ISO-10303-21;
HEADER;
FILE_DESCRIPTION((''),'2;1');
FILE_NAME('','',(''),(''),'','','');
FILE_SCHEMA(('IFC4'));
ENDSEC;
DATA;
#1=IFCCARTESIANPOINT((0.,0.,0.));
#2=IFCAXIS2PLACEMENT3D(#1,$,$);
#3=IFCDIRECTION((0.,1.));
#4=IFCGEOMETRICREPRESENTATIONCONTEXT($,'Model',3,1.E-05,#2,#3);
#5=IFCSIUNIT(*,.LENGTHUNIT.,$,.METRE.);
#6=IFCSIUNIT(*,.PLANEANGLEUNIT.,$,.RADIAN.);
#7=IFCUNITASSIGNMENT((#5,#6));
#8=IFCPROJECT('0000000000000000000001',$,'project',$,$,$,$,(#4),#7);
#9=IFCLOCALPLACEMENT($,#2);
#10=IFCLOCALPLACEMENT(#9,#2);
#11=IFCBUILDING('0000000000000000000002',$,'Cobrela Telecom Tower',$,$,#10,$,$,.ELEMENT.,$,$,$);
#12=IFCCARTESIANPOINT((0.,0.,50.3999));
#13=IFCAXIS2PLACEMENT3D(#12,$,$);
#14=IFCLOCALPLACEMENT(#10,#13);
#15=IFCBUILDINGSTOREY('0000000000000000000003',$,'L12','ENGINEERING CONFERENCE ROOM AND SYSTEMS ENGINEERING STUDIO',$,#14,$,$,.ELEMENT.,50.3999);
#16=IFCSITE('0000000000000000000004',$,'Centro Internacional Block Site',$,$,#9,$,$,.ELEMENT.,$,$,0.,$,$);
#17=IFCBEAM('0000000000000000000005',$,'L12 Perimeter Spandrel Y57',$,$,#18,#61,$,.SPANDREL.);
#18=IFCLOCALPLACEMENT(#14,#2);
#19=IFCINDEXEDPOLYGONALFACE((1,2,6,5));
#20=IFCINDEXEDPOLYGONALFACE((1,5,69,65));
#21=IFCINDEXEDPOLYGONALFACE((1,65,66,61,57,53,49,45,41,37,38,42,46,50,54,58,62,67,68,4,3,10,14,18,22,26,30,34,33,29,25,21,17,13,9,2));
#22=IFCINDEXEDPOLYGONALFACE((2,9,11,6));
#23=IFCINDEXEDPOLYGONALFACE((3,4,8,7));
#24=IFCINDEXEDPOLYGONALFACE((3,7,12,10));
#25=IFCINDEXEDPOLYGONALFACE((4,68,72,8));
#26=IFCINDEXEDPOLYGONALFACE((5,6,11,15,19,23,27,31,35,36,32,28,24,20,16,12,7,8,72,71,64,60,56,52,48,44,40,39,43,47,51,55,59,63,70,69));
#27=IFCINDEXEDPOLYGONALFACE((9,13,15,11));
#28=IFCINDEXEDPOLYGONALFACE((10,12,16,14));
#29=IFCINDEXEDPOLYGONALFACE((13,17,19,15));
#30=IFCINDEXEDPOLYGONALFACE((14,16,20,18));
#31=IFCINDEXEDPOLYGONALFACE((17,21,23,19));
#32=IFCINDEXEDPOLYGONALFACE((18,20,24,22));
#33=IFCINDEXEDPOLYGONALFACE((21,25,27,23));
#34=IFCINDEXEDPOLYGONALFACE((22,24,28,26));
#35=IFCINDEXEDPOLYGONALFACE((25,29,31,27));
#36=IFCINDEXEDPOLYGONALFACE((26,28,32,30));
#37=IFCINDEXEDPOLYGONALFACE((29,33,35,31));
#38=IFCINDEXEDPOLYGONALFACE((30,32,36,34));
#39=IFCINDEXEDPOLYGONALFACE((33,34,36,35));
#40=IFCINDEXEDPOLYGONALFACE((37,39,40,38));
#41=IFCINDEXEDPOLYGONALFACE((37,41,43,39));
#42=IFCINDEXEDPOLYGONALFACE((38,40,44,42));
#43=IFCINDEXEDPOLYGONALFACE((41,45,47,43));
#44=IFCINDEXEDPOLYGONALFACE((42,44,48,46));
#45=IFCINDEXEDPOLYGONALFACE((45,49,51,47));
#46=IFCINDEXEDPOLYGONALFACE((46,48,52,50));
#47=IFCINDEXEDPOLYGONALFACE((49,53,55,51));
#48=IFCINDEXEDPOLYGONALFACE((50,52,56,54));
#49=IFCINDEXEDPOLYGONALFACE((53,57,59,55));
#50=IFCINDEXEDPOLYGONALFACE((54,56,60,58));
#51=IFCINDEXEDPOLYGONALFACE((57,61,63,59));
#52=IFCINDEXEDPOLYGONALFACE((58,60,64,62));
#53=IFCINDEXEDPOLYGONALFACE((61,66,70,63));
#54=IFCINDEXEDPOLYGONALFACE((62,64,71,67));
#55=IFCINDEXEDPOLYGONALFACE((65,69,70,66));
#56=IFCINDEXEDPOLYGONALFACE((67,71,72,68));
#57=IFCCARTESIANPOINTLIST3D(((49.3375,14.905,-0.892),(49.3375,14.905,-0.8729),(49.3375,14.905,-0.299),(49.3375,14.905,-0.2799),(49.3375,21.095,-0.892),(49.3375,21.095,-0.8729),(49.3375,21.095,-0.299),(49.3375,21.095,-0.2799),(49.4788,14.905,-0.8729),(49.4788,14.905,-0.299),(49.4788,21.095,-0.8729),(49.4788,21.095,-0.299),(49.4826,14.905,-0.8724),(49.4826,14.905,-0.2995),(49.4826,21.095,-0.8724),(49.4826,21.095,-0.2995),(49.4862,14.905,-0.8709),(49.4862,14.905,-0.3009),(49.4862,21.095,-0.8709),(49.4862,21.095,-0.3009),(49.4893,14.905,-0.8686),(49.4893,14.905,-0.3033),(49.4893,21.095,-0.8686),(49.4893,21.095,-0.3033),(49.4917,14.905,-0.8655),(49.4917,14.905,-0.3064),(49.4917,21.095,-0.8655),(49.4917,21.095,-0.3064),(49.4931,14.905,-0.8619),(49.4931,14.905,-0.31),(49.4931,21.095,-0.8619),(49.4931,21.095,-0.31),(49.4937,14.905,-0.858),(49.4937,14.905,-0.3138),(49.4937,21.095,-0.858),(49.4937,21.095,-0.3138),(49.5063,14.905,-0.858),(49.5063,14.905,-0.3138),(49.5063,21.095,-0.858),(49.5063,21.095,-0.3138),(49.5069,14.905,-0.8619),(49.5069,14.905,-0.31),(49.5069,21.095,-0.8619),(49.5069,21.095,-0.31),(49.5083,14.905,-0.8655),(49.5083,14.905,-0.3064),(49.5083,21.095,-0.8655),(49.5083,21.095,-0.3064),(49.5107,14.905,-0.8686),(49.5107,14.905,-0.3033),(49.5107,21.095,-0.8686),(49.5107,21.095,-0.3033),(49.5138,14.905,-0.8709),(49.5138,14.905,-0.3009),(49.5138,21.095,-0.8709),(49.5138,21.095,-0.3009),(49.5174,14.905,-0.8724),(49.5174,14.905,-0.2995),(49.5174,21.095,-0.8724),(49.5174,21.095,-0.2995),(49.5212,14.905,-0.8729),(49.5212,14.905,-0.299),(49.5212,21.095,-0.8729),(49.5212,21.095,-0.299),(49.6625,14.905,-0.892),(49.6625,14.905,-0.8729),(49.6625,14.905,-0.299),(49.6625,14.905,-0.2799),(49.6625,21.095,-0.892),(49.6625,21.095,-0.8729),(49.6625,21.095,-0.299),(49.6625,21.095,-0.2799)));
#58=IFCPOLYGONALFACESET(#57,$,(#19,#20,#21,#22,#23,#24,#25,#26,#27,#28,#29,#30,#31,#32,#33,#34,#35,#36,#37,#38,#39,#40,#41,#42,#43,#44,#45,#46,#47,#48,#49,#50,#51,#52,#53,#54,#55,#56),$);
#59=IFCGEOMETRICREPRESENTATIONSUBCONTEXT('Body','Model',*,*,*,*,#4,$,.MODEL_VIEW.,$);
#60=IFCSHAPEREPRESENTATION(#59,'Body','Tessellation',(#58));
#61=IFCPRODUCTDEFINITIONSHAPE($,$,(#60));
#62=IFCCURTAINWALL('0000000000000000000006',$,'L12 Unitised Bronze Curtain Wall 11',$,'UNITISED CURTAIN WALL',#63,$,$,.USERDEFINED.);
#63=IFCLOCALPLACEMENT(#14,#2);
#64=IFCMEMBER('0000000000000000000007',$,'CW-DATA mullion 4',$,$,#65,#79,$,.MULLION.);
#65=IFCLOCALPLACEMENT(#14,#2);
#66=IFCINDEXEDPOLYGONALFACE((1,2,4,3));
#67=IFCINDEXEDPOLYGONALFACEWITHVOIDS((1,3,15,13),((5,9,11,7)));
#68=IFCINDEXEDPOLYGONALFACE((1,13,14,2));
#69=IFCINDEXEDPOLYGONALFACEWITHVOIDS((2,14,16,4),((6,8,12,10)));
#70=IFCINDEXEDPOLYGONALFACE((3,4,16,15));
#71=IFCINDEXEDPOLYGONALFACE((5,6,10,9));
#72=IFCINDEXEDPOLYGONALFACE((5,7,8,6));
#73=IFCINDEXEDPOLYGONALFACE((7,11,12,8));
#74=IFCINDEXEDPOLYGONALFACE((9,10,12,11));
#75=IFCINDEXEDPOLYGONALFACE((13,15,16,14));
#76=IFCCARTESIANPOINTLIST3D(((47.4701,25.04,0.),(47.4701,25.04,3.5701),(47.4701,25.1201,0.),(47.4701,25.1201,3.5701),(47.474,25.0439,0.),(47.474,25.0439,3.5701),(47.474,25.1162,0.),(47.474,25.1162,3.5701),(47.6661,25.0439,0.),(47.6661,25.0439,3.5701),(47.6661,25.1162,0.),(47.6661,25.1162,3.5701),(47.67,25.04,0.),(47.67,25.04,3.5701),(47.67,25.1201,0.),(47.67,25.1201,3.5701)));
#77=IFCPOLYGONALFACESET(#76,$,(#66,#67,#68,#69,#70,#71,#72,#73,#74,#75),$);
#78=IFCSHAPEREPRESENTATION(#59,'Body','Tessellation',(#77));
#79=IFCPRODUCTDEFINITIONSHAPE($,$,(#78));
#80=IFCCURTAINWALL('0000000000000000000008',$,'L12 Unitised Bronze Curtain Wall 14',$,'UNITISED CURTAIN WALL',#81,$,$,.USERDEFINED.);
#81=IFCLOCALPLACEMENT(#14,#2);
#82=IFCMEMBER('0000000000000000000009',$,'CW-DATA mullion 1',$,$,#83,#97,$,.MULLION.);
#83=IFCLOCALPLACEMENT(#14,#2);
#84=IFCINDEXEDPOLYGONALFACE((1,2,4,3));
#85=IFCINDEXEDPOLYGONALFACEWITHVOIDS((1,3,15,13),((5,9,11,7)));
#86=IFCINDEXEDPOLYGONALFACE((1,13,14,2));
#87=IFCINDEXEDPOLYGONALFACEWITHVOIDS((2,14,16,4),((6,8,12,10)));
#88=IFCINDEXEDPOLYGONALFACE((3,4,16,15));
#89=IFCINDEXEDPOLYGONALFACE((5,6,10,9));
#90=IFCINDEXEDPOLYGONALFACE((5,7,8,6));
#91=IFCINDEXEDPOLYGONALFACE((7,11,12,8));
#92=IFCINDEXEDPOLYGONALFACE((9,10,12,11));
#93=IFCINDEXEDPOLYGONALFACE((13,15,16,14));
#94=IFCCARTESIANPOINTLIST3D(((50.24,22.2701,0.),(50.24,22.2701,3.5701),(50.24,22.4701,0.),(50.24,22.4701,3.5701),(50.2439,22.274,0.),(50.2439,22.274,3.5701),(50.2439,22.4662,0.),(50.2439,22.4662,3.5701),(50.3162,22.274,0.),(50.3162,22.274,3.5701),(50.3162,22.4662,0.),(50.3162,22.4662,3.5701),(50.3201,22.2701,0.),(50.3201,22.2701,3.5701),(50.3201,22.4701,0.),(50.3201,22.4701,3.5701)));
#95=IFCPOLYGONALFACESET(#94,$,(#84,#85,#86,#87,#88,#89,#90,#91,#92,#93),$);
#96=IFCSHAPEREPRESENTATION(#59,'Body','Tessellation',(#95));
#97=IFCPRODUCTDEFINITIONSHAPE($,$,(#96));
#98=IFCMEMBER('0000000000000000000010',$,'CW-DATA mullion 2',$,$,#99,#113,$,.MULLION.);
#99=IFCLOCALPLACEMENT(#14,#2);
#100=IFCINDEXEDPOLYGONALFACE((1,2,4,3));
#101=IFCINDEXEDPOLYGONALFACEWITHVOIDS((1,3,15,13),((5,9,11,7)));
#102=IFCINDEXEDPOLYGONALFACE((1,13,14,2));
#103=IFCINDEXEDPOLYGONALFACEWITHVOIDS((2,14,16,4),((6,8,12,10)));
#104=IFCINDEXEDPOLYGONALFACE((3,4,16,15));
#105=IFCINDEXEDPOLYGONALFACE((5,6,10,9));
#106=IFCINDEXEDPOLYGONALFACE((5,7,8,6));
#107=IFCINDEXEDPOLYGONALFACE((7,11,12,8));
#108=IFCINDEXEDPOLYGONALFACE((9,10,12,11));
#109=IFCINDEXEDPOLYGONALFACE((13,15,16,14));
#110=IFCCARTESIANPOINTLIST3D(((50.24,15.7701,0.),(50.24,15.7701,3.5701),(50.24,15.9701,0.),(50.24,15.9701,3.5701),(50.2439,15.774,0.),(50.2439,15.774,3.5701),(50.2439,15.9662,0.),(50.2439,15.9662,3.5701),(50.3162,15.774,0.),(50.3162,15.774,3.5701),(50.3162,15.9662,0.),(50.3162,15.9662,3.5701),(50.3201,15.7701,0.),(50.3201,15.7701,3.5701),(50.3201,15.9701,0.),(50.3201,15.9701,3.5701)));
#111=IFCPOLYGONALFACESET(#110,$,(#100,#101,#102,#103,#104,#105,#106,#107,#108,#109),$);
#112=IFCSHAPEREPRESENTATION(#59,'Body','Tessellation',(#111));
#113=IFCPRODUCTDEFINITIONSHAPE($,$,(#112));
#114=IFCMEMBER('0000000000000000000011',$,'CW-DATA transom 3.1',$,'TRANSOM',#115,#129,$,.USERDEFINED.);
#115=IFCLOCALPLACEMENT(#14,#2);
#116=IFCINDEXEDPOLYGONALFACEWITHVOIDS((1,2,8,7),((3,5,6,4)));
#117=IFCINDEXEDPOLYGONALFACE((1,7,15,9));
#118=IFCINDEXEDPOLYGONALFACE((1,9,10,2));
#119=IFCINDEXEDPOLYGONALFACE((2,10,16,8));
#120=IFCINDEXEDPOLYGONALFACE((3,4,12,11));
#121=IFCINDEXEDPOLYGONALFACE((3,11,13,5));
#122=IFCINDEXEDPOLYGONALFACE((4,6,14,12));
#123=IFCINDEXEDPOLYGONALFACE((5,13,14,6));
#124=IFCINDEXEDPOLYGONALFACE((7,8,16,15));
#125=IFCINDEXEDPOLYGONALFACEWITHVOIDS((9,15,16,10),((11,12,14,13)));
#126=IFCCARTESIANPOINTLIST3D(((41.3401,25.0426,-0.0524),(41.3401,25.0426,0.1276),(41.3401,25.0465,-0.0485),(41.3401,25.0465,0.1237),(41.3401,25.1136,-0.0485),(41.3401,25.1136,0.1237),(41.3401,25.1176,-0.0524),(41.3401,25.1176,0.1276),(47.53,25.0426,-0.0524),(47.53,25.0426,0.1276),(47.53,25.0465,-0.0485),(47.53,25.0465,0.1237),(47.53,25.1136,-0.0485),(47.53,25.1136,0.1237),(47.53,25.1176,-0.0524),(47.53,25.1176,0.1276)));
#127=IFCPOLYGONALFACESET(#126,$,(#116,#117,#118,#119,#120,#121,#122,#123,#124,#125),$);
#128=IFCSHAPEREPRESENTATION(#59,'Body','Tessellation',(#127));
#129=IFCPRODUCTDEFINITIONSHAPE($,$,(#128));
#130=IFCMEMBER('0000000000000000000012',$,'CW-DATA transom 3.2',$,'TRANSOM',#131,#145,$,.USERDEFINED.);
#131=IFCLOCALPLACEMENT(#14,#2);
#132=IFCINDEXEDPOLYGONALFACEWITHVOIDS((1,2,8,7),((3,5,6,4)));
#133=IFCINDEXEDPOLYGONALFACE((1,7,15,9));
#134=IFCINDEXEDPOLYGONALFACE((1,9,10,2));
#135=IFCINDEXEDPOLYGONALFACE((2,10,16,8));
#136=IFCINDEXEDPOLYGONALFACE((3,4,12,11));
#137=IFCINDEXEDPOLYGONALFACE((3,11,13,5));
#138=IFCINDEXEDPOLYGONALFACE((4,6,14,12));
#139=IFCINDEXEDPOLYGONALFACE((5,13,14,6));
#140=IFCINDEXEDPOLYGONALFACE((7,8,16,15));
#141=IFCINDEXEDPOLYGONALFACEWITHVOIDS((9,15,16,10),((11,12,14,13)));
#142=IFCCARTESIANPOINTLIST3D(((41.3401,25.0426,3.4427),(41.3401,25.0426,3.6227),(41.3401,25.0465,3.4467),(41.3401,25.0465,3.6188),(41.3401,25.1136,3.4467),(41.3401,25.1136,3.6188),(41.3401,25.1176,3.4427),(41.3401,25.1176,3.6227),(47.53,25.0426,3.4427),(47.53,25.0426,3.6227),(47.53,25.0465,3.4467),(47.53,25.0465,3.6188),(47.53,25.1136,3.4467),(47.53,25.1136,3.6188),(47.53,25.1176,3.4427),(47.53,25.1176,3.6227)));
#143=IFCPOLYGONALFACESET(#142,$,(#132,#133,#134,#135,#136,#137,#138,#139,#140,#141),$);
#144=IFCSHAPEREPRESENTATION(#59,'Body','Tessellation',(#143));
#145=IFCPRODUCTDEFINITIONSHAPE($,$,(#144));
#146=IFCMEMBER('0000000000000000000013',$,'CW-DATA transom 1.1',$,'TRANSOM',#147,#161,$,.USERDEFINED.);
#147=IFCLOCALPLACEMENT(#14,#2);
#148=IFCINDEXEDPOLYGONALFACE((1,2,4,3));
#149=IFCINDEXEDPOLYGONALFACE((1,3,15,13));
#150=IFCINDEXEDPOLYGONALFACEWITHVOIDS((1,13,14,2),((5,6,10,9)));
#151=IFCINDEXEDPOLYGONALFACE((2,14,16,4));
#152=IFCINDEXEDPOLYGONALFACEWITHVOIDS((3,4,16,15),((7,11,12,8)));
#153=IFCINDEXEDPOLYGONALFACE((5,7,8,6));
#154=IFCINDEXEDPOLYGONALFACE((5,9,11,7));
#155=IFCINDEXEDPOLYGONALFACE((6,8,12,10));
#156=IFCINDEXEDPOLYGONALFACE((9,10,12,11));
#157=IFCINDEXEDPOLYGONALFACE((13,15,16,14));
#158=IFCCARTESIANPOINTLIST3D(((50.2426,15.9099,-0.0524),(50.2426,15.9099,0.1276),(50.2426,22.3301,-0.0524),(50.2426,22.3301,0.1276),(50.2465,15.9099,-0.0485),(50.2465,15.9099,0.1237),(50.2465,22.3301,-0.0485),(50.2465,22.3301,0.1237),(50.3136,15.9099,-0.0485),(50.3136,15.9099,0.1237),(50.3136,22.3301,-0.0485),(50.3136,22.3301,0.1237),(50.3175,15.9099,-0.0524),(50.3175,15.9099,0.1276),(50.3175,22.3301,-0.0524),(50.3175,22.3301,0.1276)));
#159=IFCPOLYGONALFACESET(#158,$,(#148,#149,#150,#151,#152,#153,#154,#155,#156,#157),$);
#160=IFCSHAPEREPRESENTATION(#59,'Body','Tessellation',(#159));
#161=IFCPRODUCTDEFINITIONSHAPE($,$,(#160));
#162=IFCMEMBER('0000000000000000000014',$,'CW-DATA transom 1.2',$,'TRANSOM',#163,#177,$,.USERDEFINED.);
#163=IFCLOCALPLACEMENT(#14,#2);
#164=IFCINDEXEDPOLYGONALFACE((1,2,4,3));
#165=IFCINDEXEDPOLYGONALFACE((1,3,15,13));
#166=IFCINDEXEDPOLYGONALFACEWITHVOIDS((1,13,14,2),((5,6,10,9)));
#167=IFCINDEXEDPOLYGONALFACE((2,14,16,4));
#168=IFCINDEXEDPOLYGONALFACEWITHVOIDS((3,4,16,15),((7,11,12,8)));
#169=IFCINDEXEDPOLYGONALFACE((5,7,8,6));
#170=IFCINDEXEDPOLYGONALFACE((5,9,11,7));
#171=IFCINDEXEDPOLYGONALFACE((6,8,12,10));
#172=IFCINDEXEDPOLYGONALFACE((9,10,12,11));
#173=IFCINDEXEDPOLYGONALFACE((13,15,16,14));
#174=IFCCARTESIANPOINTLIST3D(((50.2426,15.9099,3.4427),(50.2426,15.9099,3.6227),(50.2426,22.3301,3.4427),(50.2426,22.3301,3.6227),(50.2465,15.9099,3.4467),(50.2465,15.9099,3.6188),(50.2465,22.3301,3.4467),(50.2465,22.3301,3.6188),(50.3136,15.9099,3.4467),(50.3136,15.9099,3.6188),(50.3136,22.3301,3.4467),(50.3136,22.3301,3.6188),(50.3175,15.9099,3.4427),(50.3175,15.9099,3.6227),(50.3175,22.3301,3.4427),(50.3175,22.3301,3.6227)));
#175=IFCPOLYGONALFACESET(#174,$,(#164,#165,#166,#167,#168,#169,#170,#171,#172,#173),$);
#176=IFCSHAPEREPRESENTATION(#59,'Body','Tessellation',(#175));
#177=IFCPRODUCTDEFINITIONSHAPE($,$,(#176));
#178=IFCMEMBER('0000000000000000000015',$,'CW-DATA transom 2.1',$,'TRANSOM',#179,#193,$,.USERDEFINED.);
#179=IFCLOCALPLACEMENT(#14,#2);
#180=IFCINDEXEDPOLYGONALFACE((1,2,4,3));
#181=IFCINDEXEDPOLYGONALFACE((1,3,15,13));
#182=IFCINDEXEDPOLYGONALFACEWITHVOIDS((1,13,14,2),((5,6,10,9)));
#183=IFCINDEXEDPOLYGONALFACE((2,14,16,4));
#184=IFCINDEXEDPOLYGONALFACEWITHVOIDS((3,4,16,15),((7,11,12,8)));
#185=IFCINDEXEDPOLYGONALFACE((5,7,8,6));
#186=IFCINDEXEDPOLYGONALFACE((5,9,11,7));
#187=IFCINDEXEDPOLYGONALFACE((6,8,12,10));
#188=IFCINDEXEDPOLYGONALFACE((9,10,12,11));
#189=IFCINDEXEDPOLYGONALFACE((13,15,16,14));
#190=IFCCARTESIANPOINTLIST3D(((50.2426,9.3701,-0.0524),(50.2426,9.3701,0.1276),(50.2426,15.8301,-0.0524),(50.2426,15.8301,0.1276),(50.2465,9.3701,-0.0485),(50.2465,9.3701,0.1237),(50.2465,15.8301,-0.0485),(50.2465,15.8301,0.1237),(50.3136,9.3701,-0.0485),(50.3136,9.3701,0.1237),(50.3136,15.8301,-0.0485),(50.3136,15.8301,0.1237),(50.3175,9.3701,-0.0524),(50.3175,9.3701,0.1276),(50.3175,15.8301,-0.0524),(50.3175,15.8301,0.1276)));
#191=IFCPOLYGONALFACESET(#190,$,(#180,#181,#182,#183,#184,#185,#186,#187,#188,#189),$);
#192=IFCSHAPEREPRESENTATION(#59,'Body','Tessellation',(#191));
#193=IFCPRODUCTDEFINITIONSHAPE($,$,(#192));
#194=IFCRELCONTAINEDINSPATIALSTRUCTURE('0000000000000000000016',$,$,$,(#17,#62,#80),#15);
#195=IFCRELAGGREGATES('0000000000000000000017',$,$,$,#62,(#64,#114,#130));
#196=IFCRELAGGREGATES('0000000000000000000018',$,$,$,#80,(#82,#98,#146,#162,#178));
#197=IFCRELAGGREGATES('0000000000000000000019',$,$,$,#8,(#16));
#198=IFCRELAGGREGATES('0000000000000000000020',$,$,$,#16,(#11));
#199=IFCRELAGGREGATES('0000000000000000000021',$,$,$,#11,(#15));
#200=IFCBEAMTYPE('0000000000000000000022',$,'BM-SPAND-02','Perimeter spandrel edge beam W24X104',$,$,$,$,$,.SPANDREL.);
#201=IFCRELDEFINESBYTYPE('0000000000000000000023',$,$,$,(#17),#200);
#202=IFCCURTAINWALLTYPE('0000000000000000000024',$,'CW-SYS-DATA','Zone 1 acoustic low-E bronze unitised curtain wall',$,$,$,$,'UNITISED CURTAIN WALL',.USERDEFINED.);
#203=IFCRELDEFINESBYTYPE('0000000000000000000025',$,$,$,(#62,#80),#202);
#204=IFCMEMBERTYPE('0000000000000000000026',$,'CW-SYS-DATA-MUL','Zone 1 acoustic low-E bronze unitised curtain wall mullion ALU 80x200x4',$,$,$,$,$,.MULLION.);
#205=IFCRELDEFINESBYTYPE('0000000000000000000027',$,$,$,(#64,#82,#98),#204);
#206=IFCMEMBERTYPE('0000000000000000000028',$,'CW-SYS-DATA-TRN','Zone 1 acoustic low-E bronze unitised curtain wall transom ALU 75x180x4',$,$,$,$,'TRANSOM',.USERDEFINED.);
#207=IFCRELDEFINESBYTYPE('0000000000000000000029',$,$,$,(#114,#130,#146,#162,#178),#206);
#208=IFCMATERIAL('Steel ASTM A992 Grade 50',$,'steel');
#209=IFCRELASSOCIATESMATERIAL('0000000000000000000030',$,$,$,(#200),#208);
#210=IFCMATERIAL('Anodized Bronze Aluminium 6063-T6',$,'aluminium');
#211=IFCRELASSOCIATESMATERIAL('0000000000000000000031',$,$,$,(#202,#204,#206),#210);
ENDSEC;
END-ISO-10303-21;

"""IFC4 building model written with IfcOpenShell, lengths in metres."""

from ifc_helpers import new_model, si_unit, direction, frame, origin, origin_2d, place, context, subcontext, project, spatial, hollow_rectangle, i_section, extrude, material, material_profile, profile_set, type_object, element, aggregate, save


model = new_model("IFC4")

# Units and contexts
model_context = context("Model", 3, precision=1e-05, world=origin(), true_north=direction((0.0, 1.0)))
body_context = subcontext(model_context, "Body", "Model", "MODEL_VIEW")
ifc_project = project(units=[si_unit("LENGTHUNIT", "METRE"), si_unit("PLANEANGLEUNIT", "RADIAN")], contexts=[model_context])

# Site, building, storey
site_placement = place(None, origin())
site = spatial("IfcSite", under=ifc_project, at=site_placement, Name="Centro Internacional Block Site", CompositionType="ELEMENT", RefElevation=0.0)
building_placement = place(site_placement, origin())
building = spatial("IfcBuilding", under=site, at=building_placement, Name="Cobrela Telecom Tower", CompositionType="ELEMENT")
storey_placement = place(building_placement, frame((0.0, 0.0, 50.3999)))
storey = spatial("IfcBuildingStorey", under=building, at=storey_placement, Name="L12", Description="ENGINEERING CONFERENCE ROOM AND SYSTEMS ENGINEERING STUDIO", CompositionType="ELEMENT", Elevation=50.3999)

# Shared definitions
ifc_material_1 = material(Name="Steel ASTM A992 Grade 50", Category="steel")

# Beam
ifc_material_profile_1 = material_profile(ifc_material_1, i_section(OverallWidth=0.325, OverallDepth=0.6121, WebThickness=0.0127, FlangeThickness=0.019, FilletRadius=0.0149, at=origin_2d()), Name="W24X104")
ifc_profile_set_1 = profile_set([ifc_material_profile_1], Name="Steel ASTM A992 Grade 50")
beam_type_1 = type_object("IfcBeamType", Name="BM-SPAND-02", Description="Perimeter spandrel edge beam W24X104", PredefinedType="SPANDREL", material=ifc_profile_set_1)
beam_1_placement = place(storey_placement, frame((49.5, 14.905, -0.5859), z_axis=(0.0, 1.0, 0.0), x_axis=(-1.0, 0.0, 0.0)))
element("IfcBeam", 1, at=beam_1_placement, inside=storey, type_object=beam_type_1, Name="L12 Perimeter Spandrel Y57", PredefinedType="SPANDREL", context=body_context, shape_type="SweptSolid", body=[
    extrude(i_section(OverallWidth=0.325, OverallDepth=0.6121, WebThickness=0.0127, FlangeThickness=0.019, FilletRadius=0.0149, at=origin_2d()), origin(), (0.0, 0.0, 1.0), 6.1899),
])

# Curtain wall, member
ifc_material_2 = material(Name="Anodized Bronze Aluminium 6063-T6", Category="aluminium")
curtain_wall_type = type_object("IfcCurtainWallType", Name="CW-SYS-DATA", Description="Zone 1 acoustic low-E bronze unitised curtain wall", ElementType="UNITISED CURTAIN WALL", PredefinedType="USERDEFINED", material=ifc_material_2)
curtain_wall_1_placement = place(storey_placement, origin())
curtain_wall_1 = element("IfcCurtainWall", 2, at=curtain_wall_1_placement, inside=storey, type_object=curtain_wall_type, Name="L12 Unitised Bronze Curtain Wall 11", ObjectType="UNITISED CURTAIN WALL", PredefinedType="USERDEFINED")
ifc_material_profile_2 = material_profile(ifc_material_2, hollow_rectangle(XDim=0.0801, YDim=0.2, WallThickness=0.0039, at=origin_2d()), Name="ALU 80x200x4")
ifc_profile_set_2 = profile_set([ifc_material_profile_2], Name="Anodized Bronze Aluminium 6063-T6")
member_type_1 = type_object("IfcMemberType", Name="CW-SYS-DATA-MUL", Description="Zone 1 acoustic low-E bronze unitised curtain wall mullion ALU 80x200x4", PredefinedType="MULLION", material=ifc_profile_set_2)
member_1_placement = place(storey_placement, frame((47.5701, 25.0801, 0.0), z_axis=(0.0, 0.0, 1.0), x_axis=(0.0, 1.0, 0.0)))
member_1 = element("IfcMember", 3, at=member_1_placement, type_object=member_type_1, Name="CW-DATA mullion 4", PredefinedType="MULLION", context=body_context, shape_type="SweptSolid", body=[
    extrude(hollow_rectangle(XDim=0.0801, YDim=0.2, WallThickness=0.0039, at=origin_2d()), origin(), (0.0, 0.0, 1.0), 3.5701),
])

# Curtain wall, members
curtain_wall_2_placement = place(storey_placement, origin())
curtain_wall_2 = element("IfcCurtainWall", 4, at=curtain_wall_2_placement, inside=storey, type_object=curtain_wall_type, Name="L12 Unitised Bronze Curtain Wall 14", ObjectType="UNITISED CURTAIN WALL", PredefinedType="USERDEFINED")
member_2_placement = place(storey_placement, frame((50.28, 22.3701, 0.0), z_axis=(0.0, 0.0, 1.0), x_axis=(1.0, 0.0, 0.0)))
member_2 = element("IfcMember", 5, at=member_2_placement, type_object=member_type_1, Name="CW-DATA mullion 1", PredefinedType="MULLION", context=body_context, shape_type="SweptSolid", body=[
    extrude(hollow_rectangle(XDim=0.0801, YDim=0.2, WallThickness=0.0039, at=origin_2d()), origin(), (0.0, 0.0, 1.0), 3.5701),
])
member_3_placement = place(storey_placement, frame((50.28, 15.8701, 0.0), z_axis=(0.0, 0.0, 1.0), x_axis=(1.0, 0.0, 0.0)))
member_3 = element("IfcMember", 6, at=member_3_placement, type_object=member_type_1, Name="CW-DATA mullion 2", PredefinedType="MULLION", context=body_context, shape_type="SweptSolid", body=[
    extrude(hollow_rectangle(XDim=0.0801, YDim=0.2, WallThickness=0.0039, at=origin_2d()), origin(), (0.0, 0.0, 1.0), 3.5701),
])

# Members
ifc_material_profile_3 = material_profile(ifc_material_2, hollow_rectangle(XDim=0.075, YDim=0.1799, WallThickness=0.0039, at=origin_2d()), Name="ALU 75x180x4")
ifc_profile_set_3 = profile_set([ifc_material_profile_3], Name="Anodized Bronze Aluminium 6063-T6")
member_type_2 = type_object("IfcMemberType", Name="CW-SYS-DATA-TRN", Description="Zone 1 acoustic low-E bronze unitised curtain wall transom ALU 75x180x4", ElementType="TRANSOM", PredefinedType="USERDEFINED", material=ifc_profile_set_3)
member_4_placement = place(storey_placement, frame((41.3401, 25.0801, 0.0376), z_axis=(1.0, 0.0, 0.0), x_axis=(0.0, 1.0, 0.0)))
member_4 = element("IfcMember", 7, at=member_4_placement, type_object=member_type_2, Name="CW-DATA transom 3.1", ObjectType="TRANSOM", PredefinedType="USERDEFINED", context=body_context, shape_type="SweptSolid", body=[
    extrude(hollow_rectangle(XDim=0.075, YDim=0.1799, WallThickness=0.0039, at=origin_2d()), origin(), (0.0, 0.0, 1.0), 6.1899),
])
member_5_placement = place(storey_placement, frame((41.3401, 25.0801, 3.5327), z_axis=(1.0, 0.0, 0.0), x_axis=(0.0, 1.0, 0.0)))
member_5 = element("IfcMember", 8, at=member_5_placement, type_object=member_type_2, Name="CW-DATA transom 3.2", ObjectType="TRANSOM", PredefinedType="USERDEFINED", context=body_context, shape_type="SweptSolid", body=[
    extrude(hollow_rectangle(XDim=0.075, YDim=0.1799, WallThickness=0.0039, at=origin_2d()), origin(), (0.0, 0.0, 1.0), 6.1899),
])
member_6_placement = place(storey_placement, frame((50.28, 22.3301, 0.0376), z_axis=(0.0, -1.0, 0.0), x_axis=(1.0, 0.0, 0.0)))
member_6 = element("IfcMember", 9, at=member_6_placement, type_object=member_type_2, Name="CW-DATA transom 1.1", ObjectType="TRANSOM", PredefinedType="USERDEFINED", context=body_context, shape_type="SweptSolid", body=[
    extrude(hollow_rectangle(XDim=0.075, YDim=0.1799, WallThickness=0.0039, at=origin_2d()), origin(), (0.0, 0.0, 1.0), 6.4202),
])
member_7_placement = place(storey_placement, frame((50.28, 22.3301, 3.5327), z_axis=(0.0, -1.0, 0.0), x_axis=(1.0, 0.0, 0.0)))
member_7 = element("IfcMember", 10, at=member_7_placement, type_object=member_type_2, Name="CW-DATA transom 1.2", ObjectType="TRANSOM", PredefinedType="USERDEFINED", context=body_context, shape_type="SweptSolid", body=[
    extrude(hollow_rectangle(XDim=0.075, YDim=0.1799, WallThickness=0.0039, at=origin_2d()), origin(), (0.0, 0.0, 1.0), 6.4202),
])
member_8_placement = place(storey_placement, frame((50.28, 15.8301, 0.0376), z_axis=(0.0, -1.0, 0.0), x_axis=(1.0, 0.0, 0.0)))
member_8 = element("IfcMember", 11, at=member_8_placement, type_object=member_type_2, Name="CW-DATA transom 2.1", ObjectType="TRANSOM", PredefinedType="USERDEFINED", context=body_context, shape_type="SweptSolid", body=[
    extrude(hollow_rectangle(XDim=0.075, YDim=0.1799, WallThickness=0.0039, at=origin_2d()), origin(), (0.0, 0.0, 1.0), 6.46),
])

aggregate(curtain_wall_1, [member_1, member_4, member_5])
aggregate(curtain_wall_2, [member_2, member_3, member_6, member_7, member_8])

save(model, "model.ifc")
